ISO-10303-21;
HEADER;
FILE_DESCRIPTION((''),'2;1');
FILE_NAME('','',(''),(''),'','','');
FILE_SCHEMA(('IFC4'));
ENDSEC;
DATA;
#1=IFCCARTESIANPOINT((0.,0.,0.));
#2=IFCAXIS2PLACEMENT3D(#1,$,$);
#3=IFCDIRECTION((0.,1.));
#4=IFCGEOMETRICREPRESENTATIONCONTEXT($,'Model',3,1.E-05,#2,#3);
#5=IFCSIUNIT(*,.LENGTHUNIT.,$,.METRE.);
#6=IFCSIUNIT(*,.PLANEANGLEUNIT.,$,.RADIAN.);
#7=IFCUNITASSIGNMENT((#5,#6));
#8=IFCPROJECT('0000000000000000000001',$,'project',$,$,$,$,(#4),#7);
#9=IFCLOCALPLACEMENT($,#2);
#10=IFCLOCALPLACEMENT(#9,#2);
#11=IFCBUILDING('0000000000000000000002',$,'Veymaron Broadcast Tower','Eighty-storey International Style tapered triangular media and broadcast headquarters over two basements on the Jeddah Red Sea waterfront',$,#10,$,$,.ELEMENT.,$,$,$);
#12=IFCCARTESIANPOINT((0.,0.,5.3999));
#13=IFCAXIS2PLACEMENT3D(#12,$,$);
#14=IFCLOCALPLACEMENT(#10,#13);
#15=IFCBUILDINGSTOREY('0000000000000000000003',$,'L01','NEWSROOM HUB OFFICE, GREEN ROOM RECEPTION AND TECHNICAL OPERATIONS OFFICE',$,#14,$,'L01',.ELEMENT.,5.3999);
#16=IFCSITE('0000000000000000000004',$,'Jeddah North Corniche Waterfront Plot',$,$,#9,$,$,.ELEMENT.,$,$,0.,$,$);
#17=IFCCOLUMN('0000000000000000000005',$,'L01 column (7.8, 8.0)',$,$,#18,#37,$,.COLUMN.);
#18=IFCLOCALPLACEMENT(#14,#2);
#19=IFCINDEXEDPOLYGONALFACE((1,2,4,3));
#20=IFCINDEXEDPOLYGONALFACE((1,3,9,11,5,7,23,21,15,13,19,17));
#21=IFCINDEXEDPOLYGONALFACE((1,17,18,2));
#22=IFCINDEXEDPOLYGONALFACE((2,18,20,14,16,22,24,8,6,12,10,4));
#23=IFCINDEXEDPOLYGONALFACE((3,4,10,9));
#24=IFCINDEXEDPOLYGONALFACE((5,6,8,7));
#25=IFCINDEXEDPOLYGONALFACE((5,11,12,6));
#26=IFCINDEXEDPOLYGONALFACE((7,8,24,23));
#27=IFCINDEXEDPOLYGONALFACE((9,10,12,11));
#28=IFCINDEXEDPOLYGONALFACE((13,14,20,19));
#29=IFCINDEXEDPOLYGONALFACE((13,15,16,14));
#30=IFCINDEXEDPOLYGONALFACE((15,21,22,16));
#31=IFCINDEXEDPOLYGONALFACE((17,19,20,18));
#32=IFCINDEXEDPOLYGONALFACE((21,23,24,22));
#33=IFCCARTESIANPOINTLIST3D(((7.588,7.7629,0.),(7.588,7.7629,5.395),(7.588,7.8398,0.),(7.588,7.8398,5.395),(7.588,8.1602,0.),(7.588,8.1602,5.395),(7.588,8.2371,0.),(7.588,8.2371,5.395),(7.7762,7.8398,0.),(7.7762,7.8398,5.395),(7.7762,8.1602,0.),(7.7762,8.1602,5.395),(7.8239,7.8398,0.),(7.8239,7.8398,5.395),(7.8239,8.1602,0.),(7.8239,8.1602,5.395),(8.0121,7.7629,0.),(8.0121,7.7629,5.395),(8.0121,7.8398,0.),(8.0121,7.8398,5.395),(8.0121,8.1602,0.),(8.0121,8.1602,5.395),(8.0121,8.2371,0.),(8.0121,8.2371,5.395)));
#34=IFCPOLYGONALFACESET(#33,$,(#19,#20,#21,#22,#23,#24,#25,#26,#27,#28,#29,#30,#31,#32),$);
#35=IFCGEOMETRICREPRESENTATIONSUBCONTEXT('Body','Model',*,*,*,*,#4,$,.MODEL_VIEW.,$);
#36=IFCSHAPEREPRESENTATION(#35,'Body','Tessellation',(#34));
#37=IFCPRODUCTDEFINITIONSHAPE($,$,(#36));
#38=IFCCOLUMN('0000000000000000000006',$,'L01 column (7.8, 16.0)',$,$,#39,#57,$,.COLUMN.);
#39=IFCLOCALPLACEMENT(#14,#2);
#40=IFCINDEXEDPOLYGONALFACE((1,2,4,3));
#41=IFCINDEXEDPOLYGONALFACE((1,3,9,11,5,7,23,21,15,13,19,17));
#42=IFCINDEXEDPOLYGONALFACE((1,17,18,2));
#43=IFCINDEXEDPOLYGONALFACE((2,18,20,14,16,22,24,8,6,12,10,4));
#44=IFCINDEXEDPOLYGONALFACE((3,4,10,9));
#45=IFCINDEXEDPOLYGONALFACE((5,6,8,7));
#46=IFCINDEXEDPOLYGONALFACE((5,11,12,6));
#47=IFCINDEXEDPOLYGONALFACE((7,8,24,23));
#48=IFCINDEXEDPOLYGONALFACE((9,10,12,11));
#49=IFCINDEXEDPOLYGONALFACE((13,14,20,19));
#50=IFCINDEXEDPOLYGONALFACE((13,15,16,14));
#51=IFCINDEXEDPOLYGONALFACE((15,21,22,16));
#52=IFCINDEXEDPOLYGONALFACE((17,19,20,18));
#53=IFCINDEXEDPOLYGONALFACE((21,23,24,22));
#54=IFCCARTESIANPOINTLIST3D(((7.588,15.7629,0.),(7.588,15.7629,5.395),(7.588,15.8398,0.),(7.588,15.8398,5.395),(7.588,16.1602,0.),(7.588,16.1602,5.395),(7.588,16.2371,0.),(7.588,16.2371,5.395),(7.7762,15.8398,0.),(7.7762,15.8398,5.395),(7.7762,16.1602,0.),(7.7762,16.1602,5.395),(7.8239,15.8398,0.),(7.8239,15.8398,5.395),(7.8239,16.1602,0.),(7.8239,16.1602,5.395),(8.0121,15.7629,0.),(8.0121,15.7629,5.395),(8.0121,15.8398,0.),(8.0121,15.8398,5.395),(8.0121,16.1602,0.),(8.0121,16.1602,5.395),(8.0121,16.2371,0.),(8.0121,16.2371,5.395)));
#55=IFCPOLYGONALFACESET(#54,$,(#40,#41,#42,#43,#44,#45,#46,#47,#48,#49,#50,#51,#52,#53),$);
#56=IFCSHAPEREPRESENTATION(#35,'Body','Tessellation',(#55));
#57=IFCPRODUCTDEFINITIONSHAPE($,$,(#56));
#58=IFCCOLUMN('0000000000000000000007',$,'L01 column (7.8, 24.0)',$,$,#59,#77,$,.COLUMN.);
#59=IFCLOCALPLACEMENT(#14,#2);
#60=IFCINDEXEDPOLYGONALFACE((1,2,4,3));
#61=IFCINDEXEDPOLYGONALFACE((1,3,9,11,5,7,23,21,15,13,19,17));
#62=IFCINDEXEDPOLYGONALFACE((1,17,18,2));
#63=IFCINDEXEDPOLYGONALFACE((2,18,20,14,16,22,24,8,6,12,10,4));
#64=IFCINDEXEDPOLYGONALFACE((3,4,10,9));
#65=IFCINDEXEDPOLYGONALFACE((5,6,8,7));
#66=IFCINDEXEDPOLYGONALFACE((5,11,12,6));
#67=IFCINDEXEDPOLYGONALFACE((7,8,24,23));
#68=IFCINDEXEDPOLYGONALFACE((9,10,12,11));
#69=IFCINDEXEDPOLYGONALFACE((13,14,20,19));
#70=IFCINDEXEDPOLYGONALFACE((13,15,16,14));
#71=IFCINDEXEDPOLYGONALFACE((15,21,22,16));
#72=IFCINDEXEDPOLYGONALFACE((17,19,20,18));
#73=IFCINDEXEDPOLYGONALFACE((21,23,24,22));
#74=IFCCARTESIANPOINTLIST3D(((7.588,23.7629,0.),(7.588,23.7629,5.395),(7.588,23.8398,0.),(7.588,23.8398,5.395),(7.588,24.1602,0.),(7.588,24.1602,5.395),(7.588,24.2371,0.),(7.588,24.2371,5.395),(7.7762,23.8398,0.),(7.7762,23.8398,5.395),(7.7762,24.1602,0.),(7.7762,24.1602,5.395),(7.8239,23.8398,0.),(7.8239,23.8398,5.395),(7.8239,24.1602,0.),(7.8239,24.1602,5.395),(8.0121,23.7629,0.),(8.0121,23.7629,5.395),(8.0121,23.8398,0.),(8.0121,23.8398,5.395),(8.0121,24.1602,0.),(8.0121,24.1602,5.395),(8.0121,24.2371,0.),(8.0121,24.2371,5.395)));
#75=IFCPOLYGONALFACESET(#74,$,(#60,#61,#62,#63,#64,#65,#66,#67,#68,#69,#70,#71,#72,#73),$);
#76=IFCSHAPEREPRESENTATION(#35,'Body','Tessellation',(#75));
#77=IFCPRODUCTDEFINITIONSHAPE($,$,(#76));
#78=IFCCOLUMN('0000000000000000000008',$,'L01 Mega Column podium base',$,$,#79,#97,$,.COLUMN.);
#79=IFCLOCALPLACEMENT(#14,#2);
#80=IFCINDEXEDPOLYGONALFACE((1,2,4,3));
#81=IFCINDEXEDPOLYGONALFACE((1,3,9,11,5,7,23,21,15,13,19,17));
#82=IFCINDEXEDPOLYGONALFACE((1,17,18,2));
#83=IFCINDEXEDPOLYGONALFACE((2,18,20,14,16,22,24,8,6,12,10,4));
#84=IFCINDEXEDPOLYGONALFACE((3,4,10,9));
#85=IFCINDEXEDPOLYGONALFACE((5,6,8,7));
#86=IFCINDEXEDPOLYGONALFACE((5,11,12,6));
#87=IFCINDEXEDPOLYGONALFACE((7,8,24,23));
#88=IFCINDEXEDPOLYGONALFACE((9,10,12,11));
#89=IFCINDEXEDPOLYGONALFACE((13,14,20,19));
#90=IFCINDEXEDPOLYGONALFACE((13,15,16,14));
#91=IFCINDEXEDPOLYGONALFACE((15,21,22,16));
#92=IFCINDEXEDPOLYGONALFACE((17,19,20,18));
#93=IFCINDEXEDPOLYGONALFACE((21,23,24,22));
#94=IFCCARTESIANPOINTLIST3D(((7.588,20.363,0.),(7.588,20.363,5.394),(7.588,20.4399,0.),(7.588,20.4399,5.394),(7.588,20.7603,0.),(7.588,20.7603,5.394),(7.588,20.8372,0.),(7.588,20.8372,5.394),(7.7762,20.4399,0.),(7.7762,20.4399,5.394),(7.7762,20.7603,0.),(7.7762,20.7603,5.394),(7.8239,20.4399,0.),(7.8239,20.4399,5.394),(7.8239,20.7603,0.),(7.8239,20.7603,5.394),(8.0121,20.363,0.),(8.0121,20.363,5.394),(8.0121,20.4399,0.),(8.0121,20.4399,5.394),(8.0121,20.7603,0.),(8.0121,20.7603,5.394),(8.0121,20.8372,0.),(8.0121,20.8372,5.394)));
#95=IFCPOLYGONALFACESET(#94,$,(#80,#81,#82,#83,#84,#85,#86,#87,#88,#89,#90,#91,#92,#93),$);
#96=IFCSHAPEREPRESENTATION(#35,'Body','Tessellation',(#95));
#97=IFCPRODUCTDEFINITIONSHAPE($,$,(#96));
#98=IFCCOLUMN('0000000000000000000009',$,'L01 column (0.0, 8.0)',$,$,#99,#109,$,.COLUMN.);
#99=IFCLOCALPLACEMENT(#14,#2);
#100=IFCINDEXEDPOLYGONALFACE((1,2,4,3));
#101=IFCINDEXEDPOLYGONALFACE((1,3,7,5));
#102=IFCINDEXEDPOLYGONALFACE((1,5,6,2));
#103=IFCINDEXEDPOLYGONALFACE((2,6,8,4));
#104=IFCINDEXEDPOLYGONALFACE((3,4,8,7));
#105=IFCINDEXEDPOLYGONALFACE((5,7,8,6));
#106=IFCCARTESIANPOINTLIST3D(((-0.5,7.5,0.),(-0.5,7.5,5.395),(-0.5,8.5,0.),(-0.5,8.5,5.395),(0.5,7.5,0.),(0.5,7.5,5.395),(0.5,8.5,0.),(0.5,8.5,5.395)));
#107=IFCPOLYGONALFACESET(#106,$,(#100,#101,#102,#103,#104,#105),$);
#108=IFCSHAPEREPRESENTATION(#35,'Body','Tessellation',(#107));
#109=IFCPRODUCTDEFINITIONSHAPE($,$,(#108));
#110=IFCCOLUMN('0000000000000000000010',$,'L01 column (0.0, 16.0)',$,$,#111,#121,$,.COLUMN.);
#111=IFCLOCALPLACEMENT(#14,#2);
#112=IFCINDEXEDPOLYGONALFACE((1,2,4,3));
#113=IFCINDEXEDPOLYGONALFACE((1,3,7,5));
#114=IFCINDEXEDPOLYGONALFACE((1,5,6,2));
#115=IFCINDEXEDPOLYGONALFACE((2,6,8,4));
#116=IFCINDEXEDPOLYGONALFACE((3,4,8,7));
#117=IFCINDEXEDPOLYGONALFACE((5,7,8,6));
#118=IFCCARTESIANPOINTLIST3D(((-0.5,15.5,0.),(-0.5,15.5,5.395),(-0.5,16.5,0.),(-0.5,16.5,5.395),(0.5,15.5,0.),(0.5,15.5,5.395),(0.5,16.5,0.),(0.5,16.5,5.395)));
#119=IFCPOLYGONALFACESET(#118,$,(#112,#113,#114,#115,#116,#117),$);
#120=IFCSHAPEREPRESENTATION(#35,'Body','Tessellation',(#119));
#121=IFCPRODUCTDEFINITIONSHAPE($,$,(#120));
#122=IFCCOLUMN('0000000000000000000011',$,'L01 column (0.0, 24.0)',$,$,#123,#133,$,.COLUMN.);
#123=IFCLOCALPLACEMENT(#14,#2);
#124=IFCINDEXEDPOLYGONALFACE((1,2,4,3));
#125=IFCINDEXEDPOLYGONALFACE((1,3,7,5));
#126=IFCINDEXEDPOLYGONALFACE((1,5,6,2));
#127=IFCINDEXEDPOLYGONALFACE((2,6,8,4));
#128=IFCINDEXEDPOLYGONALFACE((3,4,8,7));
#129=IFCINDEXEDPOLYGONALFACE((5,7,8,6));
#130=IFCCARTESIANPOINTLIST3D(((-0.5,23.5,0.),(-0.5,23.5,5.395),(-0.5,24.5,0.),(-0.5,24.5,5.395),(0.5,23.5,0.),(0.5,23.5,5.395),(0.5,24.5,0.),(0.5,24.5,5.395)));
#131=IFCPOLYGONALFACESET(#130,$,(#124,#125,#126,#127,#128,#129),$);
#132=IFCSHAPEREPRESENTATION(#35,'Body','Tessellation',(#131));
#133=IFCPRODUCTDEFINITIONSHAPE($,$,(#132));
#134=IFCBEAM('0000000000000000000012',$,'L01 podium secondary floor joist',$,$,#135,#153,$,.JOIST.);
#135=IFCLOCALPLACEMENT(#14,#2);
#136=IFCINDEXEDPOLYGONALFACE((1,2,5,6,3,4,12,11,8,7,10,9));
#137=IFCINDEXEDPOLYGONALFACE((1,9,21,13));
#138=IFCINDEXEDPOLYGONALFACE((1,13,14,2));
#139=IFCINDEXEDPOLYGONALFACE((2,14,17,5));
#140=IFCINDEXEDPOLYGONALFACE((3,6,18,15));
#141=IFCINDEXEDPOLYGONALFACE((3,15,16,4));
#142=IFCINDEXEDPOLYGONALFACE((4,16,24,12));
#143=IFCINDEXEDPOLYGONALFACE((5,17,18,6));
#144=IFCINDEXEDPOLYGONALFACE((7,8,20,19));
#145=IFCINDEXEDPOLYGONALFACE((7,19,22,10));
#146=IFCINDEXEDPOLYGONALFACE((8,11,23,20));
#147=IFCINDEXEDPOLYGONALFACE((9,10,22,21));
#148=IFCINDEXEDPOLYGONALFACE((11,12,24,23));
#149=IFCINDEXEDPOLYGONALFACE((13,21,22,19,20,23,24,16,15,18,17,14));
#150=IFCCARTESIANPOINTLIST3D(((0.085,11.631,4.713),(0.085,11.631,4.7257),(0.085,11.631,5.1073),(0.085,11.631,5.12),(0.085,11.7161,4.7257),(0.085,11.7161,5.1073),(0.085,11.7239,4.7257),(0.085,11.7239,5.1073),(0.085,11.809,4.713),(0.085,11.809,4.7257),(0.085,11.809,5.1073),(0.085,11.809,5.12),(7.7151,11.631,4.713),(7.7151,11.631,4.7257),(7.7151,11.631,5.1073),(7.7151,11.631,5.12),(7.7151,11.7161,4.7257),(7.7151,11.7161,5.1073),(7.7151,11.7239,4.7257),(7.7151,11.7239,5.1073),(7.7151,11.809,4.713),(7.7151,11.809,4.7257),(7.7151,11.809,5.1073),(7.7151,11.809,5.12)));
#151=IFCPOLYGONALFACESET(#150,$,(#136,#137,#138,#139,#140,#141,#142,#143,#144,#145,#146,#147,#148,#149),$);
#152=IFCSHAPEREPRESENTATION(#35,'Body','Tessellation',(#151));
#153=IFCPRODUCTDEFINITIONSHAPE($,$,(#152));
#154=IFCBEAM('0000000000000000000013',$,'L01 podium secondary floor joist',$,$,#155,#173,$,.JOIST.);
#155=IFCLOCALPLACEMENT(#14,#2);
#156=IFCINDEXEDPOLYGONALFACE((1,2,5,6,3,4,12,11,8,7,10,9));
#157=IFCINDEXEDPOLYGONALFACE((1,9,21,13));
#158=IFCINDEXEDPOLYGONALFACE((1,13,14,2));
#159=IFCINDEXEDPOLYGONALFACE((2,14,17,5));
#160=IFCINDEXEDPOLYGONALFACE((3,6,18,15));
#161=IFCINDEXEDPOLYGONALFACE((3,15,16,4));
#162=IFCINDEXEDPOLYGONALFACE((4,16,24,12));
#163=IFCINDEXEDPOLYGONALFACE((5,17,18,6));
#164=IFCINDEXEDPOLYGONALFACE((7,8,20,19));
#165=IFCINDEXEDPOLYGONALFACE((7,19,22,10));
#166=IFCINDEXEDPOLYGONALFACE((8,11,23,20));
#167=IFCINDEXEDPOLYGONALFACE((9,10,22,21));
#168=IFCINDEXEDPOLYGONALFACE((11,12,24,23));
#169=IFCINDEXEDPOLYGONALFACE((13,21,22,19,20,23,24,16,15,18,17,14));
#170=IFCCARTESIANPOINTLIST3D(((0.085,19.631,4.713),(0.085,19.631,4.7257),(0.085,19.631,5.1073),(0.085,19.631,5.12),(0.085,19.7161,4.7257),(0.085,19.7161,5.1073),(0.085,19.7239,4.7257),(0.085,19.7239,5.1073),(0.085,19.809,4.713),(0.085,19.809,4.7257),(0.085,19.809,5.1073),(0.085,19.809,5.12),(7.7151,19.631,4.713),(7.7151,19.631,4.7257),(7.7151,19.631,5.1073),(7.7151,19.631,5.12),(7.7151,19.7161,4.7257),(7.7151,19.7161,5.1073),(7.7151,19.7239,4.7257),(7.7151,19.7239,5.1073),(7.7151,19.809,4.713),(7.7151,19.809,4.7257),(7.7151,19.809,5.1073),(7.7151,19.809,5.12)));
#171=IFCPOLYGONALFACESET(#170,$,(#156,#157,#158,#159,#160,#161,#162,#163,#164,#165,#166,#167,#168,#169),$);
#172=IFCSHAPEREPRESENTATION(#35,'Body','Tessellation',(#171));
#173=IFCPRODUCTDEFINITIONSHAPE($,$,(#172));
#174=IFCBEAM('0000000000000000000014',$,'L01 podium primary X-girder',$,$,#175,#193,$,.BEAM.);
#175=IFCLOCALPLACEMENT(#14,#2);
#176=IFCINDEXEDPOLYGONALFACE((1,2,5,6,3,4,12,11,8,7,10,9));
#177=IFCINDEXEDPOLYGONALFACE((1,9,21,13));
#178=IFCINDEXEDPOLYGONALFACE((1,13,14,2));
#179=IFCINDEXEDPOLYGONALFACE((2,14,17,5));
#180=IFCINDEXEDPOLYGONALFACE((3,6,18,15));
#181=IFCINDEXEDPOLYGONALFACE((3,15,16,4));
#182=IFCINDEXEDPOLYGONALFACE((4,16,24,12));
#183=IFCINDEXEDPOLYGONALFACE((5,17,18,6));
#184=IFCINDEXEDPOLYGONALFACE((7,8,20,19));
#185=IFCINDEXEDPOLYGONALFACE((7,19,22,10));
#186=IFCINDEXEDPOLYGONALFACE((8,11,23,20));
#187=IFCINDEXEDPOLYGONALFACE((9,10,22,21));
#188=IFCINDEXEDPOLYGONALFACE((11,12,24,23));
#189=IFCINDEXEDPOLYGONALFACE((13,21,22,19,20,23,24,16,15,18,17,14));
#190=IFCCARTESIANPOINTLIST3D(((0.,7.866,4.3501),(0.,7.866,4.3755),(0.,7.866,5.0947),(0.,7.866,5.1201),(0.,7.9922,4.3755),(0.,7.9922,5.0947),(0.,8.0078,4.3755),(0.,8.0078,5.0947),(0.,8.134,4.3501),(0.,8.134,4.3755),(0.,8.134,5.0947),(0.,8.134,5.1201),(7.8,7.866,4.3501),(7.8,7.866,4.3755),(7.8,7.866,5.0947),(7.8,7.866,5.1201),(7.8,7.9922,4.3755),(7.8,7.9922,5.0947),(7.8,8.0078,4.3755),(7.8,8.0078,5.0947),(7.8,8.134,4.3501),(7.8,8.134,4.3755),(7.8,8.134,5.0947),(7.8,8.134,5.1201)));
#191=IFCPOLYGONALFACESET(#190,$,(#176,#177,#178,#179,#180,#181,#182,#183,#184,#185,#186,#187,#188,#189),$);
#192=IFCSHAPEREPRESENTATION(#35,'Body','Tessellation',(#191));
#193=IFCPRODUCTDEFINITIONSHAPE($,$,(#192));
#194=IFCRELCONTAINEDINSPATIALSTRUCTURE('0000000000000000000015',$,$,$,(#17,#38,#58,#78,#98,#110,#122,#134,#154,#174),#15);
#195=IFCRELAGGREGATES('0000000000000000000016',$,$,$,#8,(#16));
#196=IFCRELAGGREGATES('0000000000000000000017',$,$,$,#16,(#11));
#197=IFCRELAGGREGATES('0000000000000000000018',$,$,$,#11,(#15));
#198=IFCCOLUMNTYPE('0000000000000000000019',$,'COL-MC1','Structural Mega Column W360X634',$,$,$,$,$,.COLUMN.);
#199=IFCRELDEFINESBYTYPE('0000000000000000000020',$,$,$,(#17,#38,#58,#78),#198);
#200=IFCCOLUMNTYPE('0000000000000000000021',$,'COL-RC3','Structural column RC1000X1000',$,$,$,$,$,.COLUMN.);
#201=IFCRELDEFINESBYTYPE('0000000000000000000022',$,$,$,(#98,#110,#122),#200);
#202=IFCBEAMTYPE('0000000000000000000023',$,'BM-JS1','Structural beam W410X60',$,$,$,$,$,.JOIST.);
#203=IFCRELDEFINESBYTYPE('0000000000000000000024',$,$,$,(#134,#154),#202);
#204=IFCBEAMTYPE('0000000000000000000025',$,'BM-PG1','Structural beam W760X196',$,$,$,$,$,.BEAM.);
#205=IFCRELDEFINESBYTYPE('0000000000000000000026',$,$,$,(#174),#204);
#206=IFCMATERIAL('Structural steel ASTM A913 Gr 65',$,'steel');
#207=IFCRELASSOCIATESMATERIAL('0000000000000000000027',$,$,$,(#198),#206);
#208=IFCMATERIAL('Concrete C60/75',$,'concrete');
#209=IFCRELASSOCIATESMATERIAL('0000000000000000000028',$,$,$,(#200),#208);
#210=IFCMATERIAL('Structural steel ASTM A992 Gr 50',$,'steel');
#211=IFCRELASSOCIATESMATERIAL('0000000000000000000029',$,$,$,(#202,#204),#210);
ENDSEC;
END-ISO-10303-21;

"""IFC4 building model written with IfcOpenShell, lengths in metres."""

from ifc_helpers import new_model, si_unit, direction, frame, origin, origin_2d, place, context, subcontext, project, spatial, rectangle, i_section, extrude, material, material_profile, profile_set, type_object, element, save


model = new_model("IFC4")

# Units and contexts
model_context = context("Model", 3, precision=1e-05, world=origin(), true_north=direction((0.0, 1.0)))
body_context = subcontext(model_context, "Body", "Model", "MODEL_VIEW")
ifc_project = project(units=[si_unit("LENGTHUNIT", "METRE"), si_unit("PLANEANGLEUNIT", "RADIAN")], contexts=[model_context])

# Site, building, storey
site_placement = place(None, origin())
site = spatial("IfcSite", under=ifc_project, at=site_placement, Name="Jeddah North Corniche Waterfront Plot", CompositionType="ELEMENT", RefElevation=0.0)
building_placement = place(site_placement, origin())
building = spatial("IfcBuilding", under=site, at=building_placement, Name="Veymaron Broadcast Tower", Description="Eighty-storey International Style tapered triangular media and broadcast headquarters over two basements on the Jeddah Red Sea waterfront", CompositionType="ELEMENT")
storey_placement = place(building_placement, frame((0.0, 0.0, 5.3999)))
storey = spatial("IfcBuildingStorey", under=building, at=storey_placement, Name="L01", Description="NEWSROOM HUB OFFICE, GREEN ROOM RECEPTION AND TECHNICAL OPERATIONS OFFICE", LongName="L01", CompositionType="ELEMENT", Elevation=5.3999)

# Columns
ifc_material_1 = material(Name="Structural steel ASTM A913 Gr 65", Category="steel")
ifc_material_profile_1 = material_profile(ifc_material_1, i_section(OverallWidth=0.4241, OverallDepth=0.4741, WebThickness=0.0476, FlangeThickness=0.0769, at=origin_2d()), Name="W360X634")
ifc_profile_set_1 = profile_set([ifc_material_profile_1], Name="Structural steel ASTM A913 Gr 65")
column_type_1 = type_object("IfcColumnType", Name="COL-MC1", Description="Structural Mega Column W360X634", PredefinedType="COLUMN", material=ifc_profile_set_1)
for number, where, z_axis, x_axis, name in (
    (1, (7.8, 8.0, 0.0), (0.0, 0.0, 1.0), (1.0, 0.0, 0.0), "L01 column (7.8, 8.0)"),
    (2, (7.8, 16.0, 0.0), (0.0, 0.0, 1.0), (1.0, 0.0, 0.0), "L01 column (7.8, 16.0)"),
    (3, (7.8, 24.0, 0.0), (0.0, 0.0, 1.0), (1.0, 0.0, 0.0), "L01 column (7.8, 24.0)"),
):
    element("IfcColumn", number, at=place(storey_placement, frame(where, z_axis=z_axis, x_axis=x_axis)), inside=storey, type_object=column_type_1, Name=name, PredefinedType="COLUMN", context=body_context, shape_type="SweptSolid", body=[
        extrude(i_section(OverallWidth=0.4241, OverallDepth=0.4741, WebThickness=0.0476, FlangeThickness=0.0769, at=origin_2d()), origin(), (0.0, 0.0, 1.0), 5.395),
    ])
column_placement = place(storey_placement, frame((7.8, 20.6001, 0.0), z_axis=(0.0, 0.0, 1.0), x_axis=(1.0, 0.0, 0.0)))
element("IfcColumn", 4, at=column_placement, inside=storey, type_object=column_type_1, Name="L01 Mega Column podium base", PredefinedType="COLUMN", context=body_context, shape_type="SweptSolid", body=[
    extrude(i_section(OverallWidth=0.4241, OverallDepth=0.4741, WebThickness=0.0476, FlangeThickness=0.0769, at=origin_2d()), origin(), (0.0, 0.0, 1.0), 5.394),
])
ifc_material_2 = material(Name="Concrete C60/75", Category="concrete")
ifc_material_profile_2 = material_profile(ifc_material_2, rectangle(XDim=1.0, YDim=1.0, at=origin_2d()), Name="RC1000X1000")
ifc_profile_set_2 = profile_set([ifc_material_profile_2], Name="Concrete C60/75")
column_type_2 = type_object("IfcColumnType", Name="COL-RC3", Description="Structural column RC1000X1000", PredefinedType="COLUMN", material=ifc_profile_set_2)
for number, where, z_axis, x_axis, name in (
    (5, (0.0, 8.0, 0.0), (0.0, 0.0, 1.0), (1.0, 0.0, 0.0), "L01 column (0.0, 8.0)"),
    (6, (0.0, 16.0, 0.0), (0.0, 0.0, 1.0), (1.0, 0.0, 0.0), "L01 column (0.0, 16.0)"),
    (7, (0.0, 24.0, 0.0), (0.0, 0.0, 1.0), (1.0, 0.0, 0.0), "L01 column (0.0, 24.0)"),
):
    element("IfcColumn", number, at=place(storey_placement, frame(where, z_axis=z_axis, x_axis=x_axis)), inside=storey, type_object=column_type_2, Name=name, PredefinedType="COLUMN", context=body_context, shape_type="SweptSolid", body=[
        extrude(rectangle(XDim=1.0, YDim=1.0, at=origin_2d()), origin(), (0.0, 0.0, 1.0), 5.395),
    ])

# Beams
ifc_material_3 = material(Name="Structural steel ASTM A992 Gr 50", Category="steel")
ifc_material_profile_3 = material_profile(ifc_material_3, i_section(OverallWidth=0.178, OverallDepth=0.407, WebThickness=0.0078, FlangeThickness=0.0127, at=origin_2d()), Name="W410X60")
ifc_profile_set_3 = profile_set([ifc_material_profile_3], Name="Structural steel ASTM A992 Gr 50")
beam_type_1 = type_object("IfcBeamType", Name="BM-JS1", Description="Structural beam W410X60", PredefinedType="JOIST", material=ifc_profile_set_3)
for number, where, z_axis, x_axis, name in (
    (8, (0.085, 11.72, 4.9165), (1.0, 0.0, 0.0), (0.0, 1.0, 0.0), "L01 podium secondary floor joist"),
    (9, (0.085, 19.72, 4.9165), (1.0, 0.0, 0.0), (0.0, 1.0, 0.0), "L01 podium secondary floor joist"),
):
    element("IfcBeam", number, at=place(storey_placement, frame(where, z_axis=z_axis, x_axis=x_axis)), inside=storey, type_object=beam_type_1, Name=name, PredefinedType="JOIST", context=body_context, shape_type="SweptSolid", body=[
        extrude(i_section(OverallWidth=0.178, OverallDepth=0.407, WebThickness=0.0078, FlangeThickness=0.0127, at=origin_2d()), origin(), (0.0, 0.0, 1.0), 7.6301),
    ])
ifc_material_profile_4 = material_profile(ifc_material_3, i_section(OverallWidth=0.2681, OverallDepth=0.77, WebThickness=0.0156, FlangeThickness=0.0254, at=origin_2d()), Name="W760X196")
ifc_profile_set_4 = profile_set([ifc_material_profile_4], Name="Structural steel ASTM A992 Gr 50")
beam_type_2 = type_object("IfcBeamType", Name="BM-PG1", Description="Structural beam W760X196", PredefinedType="BEAM", material=ifc_profile_set_4)
for number, where, z_axis, x_axis, name in (
    (10, (0.0, 8.0, 4.7351), (1.0, 0.0, 0.0), (0.0, 1.0, 0.0), "L01 podium primary X-girder"),
):
    element("IfcBeam", number, at=place(storey_placement, frame(where, z_axis=z_axis, x_axis=x_axis)), inside=storey, type_object=beam_type_2, Name=name, PredefinedType="BEAM", context=body_context, shape_type="SweptSolid", body=[
        extrude(i_section(OverallWidth=0.2681, OverallDepth=0.77, WebThickness=0.0156, FlangeThickness=0.0254, at=origin_2d()), origin(), (0.0, 0.0, 1.0), 7.8),
    ])

save(model, "model.ifc")
